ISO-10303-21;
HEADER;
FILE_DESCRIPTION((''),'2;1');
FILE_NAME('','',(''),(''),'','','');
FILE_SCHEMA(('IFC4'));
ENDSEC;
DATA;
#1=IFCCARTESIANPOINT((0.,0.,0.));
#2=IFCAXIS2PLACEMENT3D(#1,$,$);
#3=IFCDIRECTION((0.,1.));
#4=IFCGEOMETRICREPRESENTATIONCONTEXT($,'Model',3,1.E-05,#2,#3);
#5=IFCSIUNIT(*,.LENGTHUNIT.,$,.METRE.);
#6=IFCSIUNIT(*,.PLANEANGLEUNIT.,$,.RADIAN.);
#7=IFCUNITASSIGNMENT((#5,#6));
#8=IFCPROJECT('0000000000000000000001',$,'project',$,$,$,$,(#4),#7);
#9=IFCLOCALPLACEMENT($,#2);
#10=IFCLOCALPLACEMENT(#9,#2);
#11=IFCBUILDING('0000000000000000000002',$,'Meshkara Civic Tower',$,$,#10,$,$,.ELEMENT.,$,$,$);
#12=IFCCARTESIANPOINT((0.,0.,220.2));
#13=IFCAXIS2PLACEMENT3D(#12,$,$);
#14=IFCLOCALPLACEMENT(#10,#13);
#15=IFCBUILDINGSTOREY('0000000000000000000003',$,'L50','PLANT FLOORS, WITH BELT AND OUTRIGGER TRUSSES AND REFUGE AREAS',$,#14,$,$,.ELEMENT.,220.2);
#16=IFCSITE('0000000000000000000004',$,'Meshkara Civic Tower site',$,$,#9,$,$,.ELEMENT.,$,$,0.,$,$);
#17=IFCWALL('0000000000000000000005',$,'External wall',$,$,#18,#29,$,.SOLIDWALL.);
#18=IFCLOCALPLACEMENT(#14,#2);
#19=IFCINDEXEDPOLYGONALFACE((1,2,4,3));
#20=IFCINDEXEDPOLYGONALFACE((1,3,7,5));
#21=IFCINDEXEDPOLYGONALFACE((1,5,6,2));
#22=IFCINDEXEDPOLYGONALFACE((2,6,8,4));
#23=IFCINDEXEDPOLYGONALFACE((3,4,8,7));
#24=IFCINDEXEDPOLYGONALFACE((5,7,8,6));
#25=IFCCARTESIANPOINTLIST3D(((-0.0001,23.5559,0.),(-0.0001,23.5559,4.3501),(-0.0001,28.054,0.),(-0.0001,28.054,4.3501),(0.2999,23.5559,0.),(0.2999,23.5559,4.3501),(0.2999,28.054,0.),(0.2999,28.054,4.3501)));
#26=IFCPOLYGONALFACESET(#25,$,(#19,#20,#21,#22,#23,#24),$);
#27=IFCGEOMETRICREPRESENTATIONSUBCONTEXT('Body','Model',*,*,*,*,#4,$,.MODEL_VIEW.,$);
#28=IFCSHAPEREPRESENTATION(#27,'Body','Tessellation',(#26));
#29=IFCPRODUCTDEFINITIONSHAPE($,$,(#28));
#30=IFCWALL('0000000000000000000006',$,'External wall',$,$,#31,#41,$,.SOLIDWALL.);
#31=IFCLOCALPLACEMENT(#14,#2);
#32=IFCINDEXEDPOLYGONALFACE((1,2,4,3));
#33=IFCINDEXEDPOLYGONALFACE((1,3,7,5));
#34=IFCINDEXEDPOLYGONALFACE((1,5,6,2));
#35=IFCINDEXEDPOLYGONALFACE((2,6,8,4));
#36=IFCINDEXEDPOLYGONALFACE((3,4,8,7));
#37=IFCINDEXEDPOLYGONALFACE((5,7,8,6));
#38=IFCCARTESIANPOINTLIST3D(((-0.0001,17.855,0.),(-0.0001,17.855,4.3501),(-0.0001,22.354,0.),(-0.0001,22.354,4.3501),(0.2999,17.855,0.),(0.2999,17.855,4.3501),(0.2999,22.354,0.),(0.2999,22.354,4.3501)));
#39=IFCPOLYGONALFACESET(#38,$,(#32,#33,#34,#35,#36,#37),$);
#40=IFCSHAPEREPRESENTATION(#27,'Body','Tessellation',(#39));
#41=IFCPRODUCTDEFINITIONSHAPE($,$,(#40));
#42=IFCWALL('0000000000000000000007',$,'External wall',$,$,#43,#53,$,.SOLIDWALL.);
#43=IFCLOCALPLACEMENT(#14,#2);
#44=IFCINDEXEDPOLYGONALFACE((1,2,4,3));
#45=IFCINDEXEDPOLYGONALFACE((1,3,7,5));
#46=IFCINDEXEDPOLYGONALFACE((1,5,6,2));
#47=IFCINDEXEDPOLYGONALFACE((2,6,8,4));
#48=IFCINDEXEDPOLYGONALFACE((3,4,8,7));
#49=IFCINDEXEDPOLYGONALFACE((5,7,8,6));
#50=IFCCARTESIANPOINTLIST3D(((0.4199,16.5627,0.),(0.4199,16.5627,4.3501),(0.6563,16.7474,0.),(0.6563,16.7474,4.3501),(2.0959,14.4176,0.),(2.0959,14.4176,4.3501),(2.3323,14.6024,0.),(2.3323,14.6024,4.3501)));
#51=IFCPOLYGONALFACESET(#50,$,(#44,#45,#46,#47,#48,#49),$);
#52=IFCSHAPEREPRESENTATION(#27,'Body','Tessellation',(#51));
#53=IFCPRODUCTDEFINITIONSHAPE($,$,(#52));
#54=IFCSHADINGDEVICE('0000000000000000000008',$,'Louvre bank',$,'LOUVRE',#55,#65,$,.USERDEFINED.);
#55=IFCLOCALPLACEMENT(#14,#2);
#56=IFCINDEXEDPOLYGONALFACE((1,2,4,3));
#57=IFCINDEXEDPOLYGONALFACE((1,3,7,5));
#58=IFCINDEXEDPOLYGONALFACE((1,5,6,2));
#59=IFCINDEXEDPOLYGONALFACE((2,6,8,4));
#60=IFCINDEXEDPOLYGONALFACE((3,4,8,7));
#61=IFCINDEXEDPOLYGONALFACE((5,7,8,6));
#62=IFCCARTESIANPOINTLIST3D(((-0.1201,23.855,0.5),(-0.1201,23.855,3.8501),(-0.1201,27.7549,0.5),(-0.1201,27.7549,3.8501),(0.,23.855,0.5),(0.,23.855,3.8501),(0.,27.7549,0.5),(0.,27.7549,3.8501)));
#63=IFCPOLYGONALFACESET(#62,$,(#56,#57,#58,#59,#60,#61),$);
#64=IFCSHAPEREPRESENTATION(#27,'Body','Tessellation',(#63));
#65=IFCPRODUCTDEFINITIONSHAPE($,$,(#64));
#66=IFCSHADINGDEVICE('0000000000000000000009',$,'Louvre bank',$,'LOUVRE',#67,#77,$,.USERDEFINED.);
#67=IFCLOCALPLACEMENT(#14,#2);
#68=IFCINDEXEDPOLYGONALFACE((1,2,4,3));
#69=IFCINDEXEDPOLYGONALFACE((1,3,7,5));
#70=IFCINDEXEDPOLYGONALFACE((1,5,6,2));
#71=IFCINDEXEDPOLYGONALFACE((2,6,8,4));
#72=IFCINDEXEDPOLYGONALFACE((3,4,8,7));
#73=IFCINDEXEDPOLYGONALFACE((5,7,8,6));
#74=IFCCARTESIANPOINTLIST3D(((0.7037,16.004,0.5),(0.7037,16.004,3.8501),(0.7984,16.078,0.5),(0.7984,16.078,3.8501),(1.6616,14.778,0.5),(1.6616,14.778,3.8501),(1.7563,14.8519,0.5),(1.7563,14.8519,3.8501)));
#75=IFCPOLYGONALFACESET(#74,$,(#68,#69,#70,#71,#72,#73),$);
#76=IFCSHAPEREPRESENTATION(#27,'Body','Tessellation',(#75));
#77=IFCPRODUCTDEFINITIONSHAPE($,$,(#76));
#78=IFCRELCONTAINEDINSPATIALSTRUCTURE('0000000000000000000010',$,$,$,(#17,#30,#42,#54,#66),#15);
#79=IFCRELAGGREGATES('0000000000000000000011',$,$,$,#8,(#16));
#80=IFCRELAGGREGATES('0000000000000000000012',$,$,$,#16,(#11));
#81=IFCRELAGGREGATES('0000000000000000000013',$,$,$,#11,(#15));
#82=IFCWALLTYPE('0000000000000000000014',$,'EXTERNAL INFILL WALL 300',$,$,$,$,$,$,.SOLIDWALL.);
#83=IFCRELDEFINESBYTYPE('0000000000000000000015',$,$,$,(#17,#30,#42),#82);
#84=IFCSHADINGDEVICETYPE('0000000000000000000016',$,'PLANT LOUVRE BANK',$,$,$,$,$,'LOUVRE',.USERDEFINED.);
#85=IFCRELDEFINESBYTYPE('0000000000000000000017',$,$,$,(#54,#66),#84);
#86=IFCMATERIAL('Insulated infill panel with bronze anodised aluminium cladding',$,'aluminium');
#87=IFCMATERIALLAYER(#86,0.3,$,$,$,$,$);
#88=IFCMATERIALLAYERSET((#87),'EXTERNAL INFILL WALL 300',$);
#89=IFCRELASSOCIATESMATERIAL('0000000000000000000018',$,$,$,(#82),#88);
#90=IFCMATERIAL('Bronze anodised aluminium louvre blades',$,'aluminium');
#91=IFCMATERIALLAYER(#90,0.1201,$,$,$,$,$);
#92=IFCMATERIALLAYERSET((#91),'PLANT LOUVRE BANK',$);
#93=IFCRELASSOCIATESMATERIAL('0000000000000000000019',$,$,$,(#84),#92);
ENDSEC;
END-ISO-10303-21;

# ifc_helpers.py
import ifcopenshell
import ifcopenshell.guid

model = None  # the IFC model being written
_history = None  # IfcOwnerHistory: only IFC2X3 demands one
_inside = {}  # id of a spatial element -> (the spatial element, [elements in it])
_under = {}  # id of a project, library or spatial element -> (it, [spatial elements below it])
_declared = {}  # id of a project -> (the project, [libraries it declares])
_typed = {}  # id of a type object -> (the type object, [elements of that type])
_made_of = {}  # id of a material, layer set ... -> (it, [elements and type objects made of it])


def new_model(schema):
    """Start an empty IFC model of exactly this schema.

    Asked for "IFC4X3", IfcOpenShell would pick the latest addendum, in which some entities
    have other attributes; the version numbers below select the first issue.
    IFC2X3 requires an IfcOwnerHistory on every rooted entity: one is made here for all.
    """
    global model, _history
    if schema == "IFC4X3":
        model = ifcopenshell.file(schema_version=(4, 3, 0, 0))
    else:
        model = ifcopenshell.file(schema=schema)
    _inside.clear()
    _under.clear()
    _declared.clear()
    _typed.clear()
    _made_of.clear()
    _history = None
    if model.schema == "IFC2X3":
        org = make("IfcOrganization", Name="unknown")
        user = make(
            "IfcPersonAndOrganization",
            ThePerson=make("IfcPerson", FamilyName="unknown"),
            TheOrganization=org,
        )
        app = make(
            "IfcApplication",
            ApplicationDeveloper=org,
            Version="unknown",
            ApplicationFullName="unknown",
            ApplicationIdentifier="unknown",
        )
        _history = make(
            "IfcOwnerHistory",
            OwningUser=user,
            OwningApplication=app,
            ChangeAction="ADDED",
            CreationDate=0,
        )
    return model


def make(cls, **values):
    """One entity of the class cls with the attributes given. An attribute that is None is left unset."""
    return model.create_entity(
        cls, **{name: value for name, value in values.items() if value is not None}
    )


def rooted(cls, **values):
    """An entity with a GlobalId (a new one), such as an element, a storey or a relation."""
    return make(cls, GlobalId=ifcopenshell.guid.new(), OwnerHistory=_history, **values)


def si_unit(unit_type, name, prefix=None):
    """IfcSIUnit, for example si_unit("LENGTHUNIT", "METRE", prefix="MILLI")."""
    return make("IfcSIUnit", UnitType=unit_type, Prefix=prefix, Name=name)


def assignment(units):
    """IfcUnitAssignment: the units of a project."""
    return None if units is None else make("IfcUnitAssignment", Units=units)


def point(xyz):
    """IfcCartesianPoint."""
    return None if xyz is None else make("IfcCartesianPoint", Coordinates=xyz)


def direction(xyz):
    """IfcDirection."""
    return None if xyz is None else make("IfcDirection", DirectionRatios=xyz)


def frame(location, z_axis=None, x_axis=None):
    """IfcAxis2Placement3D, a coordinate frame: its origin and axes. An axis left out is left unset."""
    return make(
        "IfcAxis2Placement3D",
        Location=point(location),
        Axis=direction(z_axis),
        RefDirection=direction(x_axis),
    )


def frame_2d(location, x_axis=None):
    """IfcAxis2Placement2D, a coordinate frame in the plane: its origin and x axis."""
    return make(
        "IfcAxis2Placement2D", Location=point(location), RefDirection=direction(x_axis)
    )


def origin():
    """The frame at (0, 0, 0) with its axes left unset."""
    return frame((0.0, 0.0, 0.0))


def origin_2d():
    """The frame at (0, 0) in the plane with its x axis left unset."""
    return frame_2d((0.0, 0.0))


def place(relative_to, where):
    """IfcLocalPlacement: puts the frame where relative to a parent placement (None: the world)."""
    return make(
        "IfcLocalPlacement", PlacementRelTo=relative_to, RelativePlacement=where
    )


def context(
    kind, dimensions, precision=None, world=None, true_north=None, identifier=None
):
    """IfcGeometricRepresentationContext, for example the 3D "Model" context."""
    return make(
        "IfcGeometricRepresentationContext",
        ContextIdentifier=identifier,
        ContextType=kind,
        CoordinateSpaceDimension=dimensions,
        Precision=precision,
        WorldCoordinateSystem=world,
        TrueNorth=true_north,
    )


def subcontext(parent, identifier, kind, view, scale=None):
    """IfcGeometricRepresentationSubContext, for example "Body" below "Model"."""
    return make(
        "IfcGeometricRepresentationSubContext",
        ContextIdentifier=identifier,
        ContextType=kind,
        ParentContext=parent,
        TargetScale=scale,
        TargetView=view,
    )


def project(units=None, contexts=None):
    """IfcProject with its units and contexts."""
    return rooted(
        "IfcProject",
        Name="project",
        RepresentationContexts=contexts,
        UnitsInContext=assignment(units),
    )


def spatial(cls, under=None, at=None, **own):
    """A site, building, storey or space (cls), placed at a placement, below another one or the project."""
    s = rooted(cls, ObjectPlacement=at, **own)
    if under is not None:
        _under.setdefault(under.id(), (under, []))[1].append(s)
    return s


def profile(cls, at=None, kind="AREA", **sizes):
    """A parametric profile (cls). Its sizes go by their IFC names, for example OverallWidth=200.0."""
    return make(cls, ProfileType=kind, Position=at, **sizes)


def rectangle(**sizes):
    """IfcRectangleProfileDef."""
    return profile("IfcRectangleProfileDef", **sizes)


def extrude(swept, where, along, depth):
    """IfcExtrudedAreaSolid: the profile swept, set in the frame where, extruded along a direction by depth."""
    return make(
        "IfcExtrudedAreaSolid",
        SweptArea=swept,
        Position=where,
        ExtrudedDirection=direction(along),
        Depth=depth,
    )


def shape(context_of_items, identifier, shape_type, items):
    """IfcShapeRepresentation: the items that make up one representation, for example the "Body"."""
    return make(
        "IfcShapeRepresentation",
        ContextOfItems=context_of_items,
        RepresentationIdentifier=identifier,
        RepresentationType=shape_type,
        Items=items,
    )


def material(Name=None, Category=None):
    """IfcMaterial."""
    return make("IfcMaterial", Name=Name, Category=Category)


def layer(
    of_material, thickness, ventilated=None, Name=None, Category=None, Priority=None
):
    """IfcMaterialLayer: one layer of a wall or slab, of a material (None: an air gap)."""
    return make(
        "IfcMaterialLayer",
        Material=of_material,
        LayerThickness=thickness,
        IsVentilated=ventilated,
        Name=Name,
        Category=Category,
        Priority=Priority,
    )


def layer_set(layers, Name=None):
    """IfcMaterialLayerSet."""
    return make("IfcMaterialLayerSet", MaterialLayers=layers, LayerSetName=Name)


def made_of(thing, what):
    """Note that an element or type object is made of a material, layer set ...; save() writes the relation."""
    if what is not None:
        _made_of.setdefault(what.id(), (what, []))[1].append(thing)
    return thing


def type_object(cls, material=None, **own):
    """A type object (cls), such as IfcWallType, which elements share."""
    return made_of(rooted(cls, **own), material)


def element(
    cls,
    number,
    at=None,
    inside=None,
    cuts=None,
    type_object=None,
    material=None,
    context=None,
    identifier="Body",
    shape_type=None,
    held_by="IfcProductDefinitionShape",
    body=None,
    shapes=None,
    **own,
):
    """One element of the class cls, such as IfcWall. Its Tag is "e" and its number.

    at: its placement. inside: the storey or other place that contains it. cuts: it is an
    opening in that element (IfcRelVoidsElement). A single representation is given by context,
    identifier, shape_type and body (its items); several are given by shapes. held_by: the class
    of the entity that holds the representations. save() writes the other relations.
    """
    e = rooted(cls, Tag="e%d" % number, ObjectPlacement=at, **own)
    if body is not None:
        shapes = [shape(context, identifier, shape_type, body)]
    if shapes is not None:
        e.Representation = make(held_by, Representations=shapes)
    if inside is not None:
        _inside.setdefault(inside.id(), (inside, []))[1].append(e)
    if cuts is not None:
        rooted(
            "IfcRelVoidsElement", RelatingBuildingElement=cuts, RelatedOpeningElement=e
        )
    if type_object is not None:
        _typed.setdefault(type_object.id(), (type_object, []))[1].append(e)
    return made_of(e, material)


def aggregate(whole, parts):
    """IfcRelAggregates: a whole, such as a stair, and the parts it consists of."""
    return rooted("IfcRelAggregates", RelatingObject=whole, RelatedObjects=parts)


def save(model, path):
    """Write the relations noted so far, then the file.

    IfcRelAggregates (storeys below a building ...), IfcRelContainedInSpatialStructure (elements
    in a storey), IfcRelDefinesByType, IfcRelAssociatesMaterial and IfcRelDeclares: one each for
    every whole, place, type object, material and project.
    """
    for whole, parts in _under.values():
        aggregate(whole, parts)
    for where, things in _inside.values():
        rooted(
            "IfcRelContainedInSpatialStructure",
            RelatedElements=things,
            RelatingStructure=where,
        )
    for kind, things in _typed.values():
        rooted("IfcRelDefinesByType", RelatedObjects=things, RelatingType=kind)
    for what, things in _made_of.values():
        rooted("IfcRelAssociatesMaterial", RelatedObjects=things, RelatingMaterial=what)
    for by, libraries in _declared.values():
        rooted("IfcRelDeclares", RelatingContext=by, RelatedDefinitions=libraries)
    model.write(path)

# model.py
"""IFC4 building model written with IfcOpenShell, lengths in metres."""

from ifc_helpers import new_model, si_unit, direction, frame, frame_2d, origin, origin_2d, place, context, subcontext, project, spatial, rectangle, extrude, material, layer, layer_set, type_object, element, save


model = new_model("IFC4")

# Units and contexts
model_context = context("Model", 3, precision=1e-05, world=origin(), true_north=direction((0.0, 1.0)))
body_context = subcontext(model_context, "Body", "Model", "MODEL_VIEW")
ifc_project = project(units=[si_unit("LENGTHUNIT", "METRE"), si_unit("PLANEANGLEUNIT", "RADIAN")], contexts=[model_context])

# Site, building, storey
site_placement = place(None, origin())
site = spatial("IfcSite", under=ifc_project, at=site_placement, Name="Meshkara Civic Tower site", CompositionType="ELEMENT", RefElevation=0.0)
building_placement = place(site_placement, origin())
building = spatial("IfcBuilding", under=site, at=building_placement, Name="Meshkara Civic Tower", CompositionType="ELEMENT")
storey_placement = place(building_placement, frame((0.0, 0.0, 220.2)))
storey = spatial("IfcBuildingStorey", under=building, at=storey_placement, Name="L50", Description="PLANT FLOORS, WITH BELT AND OUTRIGGER TRUSSES AND REFUGE AREAS", CompositionType="ELEMENT", Elevation=220.2)

# Walls
ifc_material_1 = material(Name="Insulated infill panel with bronze anodised aluminium cladding", Category="aluminium")
ifc_layer_1 = layer(ifc_material_1, 0.3)
ifc_layer_set_1 = layer_set([ifc_layer_1], Name="EXTERNAL INFILL WALL 300")
wall_type = type_object("IfcWallType", Name="EXTERNAL INFILL WALL 300", PredefinedType="SOLIDWALL", material=ifc_layer_set_1)
wall_1_placement = place(storey_placement, frame((0.1499, 28.054, 0.0), z_axis=(0.0, 0.0, 1.0), x_axis=(0.0, -1.0, 0.0)))
element("IfcWall", 1, at=wall_1_placement, inside=storey, type_object=wall_type, Name="External wall", PredefinedType="SOLIDWALL", context=body_context, shape_type="SweptSolid", body=[
    extrude(rectangle(XDim=4.498, YDim=0.3, at=frame_2d((2.249, 0.0))), origin(), (0.0, 0.0, 1.0), 4.3501),
])
wall_2_placement = place(storey_placement, frame((0.1499, 22.354, 0.0), z_axis=(0.0, 0.0, 1.0), x_axis=(0.0, -1.0, 0.0)))
element("IfcWall", 2, at=wall_2_placement, inside=storey, type_object=wall_type, Name="External wall", PredefinedType="SOLIDWALL", context=body_context, shape_type="SweptSolid", body=[
    extrude(rectangle(XDim=4.499, YDim=0.3, at=frame_2d((2.2495, 0.0))), origin(), (0.0, 0.0, 1.0), 4.3501),
])
wall_3_placement = place(storey_placement, frame((0.5381, 16.655, 0.0), z_axis=(0.0, 0.0, 1.0), x_axis=(0.615696, -0.787984, 0.0)))
element("IfcWall", 3, at=wall_3_placement, inside=storey, type_object=wall_type, Name="External wall", PredefinedType="SOLIDWALL", context=body_context, shape_type="SweptSolid", body=[
    extrude(rectangle(XDim=2.7222, YDim=0.3, at=frame_2d((1.3611, 0.0))), origin(), (0.0, 0.0, 1.0), 4.3501),
])

# Shading devices
ifc_material_2 = material(Name="Bronze anodised aluminium louvre blades", Category="aluminium")
ifc_layer_2 = layer(ifc_material_2, 0.1201)
ifc_layer_set_2 = layer_set([ifc_layer_2], Name="PLANT LOUVRE BANK")
shading_device_type = type_object("IfcShadingDeviceType", Name="PLANT LOUVRE BANK", ElementType="LOUVRE", PredefinedType="USERDEFINED", material=ifc_layer_set_2)
shading_device_1_placement = place(storey_placement, frame((-0.0601, 25.8049, 0.5), z_axis=(0.0, 0.0, 1.0), x_axis=(0.0, -1.0, 0.0)))
element("IfcShadingDevice", 4, at=shading_device_1_placement, inside=storey, type_object=shading_device_type, Name="Louvre bank", ObjectType="LOUVRE", PredefinedType="USERDEFINED", context=body_context, shape_type="SweptSolid", body=[
    extrude(rectangle(XDim=3.8999, YDim=0.1201, at=origin_2d()), origin(), (0.0, 0.0, 1.0), 3.3501),
])
shading_device_2_placement = place(storey_placement, frame((1.23, 15.428, 0.5), z_axis=(0.0, 0.0, 1.0), x_axis=(0.615661, -0.788011, 0.0)))
element("IfcShadingDevice", 5, at=shading_device_2_placement, inside=storey, type_object=shading_device_type, Name="Louvre bank", ObjectType="LOUVRE", PredefinedType="USERDEFINED", context=body_context, shape_type="SweptSolid", body=[
    extrude(rectangle(XDim=1.5559, YDim=0.1201, at=origin_2d()), origin(), (0.0, 0.0, 1.0), 3.3501),
])

save(model, "model.ifc")
